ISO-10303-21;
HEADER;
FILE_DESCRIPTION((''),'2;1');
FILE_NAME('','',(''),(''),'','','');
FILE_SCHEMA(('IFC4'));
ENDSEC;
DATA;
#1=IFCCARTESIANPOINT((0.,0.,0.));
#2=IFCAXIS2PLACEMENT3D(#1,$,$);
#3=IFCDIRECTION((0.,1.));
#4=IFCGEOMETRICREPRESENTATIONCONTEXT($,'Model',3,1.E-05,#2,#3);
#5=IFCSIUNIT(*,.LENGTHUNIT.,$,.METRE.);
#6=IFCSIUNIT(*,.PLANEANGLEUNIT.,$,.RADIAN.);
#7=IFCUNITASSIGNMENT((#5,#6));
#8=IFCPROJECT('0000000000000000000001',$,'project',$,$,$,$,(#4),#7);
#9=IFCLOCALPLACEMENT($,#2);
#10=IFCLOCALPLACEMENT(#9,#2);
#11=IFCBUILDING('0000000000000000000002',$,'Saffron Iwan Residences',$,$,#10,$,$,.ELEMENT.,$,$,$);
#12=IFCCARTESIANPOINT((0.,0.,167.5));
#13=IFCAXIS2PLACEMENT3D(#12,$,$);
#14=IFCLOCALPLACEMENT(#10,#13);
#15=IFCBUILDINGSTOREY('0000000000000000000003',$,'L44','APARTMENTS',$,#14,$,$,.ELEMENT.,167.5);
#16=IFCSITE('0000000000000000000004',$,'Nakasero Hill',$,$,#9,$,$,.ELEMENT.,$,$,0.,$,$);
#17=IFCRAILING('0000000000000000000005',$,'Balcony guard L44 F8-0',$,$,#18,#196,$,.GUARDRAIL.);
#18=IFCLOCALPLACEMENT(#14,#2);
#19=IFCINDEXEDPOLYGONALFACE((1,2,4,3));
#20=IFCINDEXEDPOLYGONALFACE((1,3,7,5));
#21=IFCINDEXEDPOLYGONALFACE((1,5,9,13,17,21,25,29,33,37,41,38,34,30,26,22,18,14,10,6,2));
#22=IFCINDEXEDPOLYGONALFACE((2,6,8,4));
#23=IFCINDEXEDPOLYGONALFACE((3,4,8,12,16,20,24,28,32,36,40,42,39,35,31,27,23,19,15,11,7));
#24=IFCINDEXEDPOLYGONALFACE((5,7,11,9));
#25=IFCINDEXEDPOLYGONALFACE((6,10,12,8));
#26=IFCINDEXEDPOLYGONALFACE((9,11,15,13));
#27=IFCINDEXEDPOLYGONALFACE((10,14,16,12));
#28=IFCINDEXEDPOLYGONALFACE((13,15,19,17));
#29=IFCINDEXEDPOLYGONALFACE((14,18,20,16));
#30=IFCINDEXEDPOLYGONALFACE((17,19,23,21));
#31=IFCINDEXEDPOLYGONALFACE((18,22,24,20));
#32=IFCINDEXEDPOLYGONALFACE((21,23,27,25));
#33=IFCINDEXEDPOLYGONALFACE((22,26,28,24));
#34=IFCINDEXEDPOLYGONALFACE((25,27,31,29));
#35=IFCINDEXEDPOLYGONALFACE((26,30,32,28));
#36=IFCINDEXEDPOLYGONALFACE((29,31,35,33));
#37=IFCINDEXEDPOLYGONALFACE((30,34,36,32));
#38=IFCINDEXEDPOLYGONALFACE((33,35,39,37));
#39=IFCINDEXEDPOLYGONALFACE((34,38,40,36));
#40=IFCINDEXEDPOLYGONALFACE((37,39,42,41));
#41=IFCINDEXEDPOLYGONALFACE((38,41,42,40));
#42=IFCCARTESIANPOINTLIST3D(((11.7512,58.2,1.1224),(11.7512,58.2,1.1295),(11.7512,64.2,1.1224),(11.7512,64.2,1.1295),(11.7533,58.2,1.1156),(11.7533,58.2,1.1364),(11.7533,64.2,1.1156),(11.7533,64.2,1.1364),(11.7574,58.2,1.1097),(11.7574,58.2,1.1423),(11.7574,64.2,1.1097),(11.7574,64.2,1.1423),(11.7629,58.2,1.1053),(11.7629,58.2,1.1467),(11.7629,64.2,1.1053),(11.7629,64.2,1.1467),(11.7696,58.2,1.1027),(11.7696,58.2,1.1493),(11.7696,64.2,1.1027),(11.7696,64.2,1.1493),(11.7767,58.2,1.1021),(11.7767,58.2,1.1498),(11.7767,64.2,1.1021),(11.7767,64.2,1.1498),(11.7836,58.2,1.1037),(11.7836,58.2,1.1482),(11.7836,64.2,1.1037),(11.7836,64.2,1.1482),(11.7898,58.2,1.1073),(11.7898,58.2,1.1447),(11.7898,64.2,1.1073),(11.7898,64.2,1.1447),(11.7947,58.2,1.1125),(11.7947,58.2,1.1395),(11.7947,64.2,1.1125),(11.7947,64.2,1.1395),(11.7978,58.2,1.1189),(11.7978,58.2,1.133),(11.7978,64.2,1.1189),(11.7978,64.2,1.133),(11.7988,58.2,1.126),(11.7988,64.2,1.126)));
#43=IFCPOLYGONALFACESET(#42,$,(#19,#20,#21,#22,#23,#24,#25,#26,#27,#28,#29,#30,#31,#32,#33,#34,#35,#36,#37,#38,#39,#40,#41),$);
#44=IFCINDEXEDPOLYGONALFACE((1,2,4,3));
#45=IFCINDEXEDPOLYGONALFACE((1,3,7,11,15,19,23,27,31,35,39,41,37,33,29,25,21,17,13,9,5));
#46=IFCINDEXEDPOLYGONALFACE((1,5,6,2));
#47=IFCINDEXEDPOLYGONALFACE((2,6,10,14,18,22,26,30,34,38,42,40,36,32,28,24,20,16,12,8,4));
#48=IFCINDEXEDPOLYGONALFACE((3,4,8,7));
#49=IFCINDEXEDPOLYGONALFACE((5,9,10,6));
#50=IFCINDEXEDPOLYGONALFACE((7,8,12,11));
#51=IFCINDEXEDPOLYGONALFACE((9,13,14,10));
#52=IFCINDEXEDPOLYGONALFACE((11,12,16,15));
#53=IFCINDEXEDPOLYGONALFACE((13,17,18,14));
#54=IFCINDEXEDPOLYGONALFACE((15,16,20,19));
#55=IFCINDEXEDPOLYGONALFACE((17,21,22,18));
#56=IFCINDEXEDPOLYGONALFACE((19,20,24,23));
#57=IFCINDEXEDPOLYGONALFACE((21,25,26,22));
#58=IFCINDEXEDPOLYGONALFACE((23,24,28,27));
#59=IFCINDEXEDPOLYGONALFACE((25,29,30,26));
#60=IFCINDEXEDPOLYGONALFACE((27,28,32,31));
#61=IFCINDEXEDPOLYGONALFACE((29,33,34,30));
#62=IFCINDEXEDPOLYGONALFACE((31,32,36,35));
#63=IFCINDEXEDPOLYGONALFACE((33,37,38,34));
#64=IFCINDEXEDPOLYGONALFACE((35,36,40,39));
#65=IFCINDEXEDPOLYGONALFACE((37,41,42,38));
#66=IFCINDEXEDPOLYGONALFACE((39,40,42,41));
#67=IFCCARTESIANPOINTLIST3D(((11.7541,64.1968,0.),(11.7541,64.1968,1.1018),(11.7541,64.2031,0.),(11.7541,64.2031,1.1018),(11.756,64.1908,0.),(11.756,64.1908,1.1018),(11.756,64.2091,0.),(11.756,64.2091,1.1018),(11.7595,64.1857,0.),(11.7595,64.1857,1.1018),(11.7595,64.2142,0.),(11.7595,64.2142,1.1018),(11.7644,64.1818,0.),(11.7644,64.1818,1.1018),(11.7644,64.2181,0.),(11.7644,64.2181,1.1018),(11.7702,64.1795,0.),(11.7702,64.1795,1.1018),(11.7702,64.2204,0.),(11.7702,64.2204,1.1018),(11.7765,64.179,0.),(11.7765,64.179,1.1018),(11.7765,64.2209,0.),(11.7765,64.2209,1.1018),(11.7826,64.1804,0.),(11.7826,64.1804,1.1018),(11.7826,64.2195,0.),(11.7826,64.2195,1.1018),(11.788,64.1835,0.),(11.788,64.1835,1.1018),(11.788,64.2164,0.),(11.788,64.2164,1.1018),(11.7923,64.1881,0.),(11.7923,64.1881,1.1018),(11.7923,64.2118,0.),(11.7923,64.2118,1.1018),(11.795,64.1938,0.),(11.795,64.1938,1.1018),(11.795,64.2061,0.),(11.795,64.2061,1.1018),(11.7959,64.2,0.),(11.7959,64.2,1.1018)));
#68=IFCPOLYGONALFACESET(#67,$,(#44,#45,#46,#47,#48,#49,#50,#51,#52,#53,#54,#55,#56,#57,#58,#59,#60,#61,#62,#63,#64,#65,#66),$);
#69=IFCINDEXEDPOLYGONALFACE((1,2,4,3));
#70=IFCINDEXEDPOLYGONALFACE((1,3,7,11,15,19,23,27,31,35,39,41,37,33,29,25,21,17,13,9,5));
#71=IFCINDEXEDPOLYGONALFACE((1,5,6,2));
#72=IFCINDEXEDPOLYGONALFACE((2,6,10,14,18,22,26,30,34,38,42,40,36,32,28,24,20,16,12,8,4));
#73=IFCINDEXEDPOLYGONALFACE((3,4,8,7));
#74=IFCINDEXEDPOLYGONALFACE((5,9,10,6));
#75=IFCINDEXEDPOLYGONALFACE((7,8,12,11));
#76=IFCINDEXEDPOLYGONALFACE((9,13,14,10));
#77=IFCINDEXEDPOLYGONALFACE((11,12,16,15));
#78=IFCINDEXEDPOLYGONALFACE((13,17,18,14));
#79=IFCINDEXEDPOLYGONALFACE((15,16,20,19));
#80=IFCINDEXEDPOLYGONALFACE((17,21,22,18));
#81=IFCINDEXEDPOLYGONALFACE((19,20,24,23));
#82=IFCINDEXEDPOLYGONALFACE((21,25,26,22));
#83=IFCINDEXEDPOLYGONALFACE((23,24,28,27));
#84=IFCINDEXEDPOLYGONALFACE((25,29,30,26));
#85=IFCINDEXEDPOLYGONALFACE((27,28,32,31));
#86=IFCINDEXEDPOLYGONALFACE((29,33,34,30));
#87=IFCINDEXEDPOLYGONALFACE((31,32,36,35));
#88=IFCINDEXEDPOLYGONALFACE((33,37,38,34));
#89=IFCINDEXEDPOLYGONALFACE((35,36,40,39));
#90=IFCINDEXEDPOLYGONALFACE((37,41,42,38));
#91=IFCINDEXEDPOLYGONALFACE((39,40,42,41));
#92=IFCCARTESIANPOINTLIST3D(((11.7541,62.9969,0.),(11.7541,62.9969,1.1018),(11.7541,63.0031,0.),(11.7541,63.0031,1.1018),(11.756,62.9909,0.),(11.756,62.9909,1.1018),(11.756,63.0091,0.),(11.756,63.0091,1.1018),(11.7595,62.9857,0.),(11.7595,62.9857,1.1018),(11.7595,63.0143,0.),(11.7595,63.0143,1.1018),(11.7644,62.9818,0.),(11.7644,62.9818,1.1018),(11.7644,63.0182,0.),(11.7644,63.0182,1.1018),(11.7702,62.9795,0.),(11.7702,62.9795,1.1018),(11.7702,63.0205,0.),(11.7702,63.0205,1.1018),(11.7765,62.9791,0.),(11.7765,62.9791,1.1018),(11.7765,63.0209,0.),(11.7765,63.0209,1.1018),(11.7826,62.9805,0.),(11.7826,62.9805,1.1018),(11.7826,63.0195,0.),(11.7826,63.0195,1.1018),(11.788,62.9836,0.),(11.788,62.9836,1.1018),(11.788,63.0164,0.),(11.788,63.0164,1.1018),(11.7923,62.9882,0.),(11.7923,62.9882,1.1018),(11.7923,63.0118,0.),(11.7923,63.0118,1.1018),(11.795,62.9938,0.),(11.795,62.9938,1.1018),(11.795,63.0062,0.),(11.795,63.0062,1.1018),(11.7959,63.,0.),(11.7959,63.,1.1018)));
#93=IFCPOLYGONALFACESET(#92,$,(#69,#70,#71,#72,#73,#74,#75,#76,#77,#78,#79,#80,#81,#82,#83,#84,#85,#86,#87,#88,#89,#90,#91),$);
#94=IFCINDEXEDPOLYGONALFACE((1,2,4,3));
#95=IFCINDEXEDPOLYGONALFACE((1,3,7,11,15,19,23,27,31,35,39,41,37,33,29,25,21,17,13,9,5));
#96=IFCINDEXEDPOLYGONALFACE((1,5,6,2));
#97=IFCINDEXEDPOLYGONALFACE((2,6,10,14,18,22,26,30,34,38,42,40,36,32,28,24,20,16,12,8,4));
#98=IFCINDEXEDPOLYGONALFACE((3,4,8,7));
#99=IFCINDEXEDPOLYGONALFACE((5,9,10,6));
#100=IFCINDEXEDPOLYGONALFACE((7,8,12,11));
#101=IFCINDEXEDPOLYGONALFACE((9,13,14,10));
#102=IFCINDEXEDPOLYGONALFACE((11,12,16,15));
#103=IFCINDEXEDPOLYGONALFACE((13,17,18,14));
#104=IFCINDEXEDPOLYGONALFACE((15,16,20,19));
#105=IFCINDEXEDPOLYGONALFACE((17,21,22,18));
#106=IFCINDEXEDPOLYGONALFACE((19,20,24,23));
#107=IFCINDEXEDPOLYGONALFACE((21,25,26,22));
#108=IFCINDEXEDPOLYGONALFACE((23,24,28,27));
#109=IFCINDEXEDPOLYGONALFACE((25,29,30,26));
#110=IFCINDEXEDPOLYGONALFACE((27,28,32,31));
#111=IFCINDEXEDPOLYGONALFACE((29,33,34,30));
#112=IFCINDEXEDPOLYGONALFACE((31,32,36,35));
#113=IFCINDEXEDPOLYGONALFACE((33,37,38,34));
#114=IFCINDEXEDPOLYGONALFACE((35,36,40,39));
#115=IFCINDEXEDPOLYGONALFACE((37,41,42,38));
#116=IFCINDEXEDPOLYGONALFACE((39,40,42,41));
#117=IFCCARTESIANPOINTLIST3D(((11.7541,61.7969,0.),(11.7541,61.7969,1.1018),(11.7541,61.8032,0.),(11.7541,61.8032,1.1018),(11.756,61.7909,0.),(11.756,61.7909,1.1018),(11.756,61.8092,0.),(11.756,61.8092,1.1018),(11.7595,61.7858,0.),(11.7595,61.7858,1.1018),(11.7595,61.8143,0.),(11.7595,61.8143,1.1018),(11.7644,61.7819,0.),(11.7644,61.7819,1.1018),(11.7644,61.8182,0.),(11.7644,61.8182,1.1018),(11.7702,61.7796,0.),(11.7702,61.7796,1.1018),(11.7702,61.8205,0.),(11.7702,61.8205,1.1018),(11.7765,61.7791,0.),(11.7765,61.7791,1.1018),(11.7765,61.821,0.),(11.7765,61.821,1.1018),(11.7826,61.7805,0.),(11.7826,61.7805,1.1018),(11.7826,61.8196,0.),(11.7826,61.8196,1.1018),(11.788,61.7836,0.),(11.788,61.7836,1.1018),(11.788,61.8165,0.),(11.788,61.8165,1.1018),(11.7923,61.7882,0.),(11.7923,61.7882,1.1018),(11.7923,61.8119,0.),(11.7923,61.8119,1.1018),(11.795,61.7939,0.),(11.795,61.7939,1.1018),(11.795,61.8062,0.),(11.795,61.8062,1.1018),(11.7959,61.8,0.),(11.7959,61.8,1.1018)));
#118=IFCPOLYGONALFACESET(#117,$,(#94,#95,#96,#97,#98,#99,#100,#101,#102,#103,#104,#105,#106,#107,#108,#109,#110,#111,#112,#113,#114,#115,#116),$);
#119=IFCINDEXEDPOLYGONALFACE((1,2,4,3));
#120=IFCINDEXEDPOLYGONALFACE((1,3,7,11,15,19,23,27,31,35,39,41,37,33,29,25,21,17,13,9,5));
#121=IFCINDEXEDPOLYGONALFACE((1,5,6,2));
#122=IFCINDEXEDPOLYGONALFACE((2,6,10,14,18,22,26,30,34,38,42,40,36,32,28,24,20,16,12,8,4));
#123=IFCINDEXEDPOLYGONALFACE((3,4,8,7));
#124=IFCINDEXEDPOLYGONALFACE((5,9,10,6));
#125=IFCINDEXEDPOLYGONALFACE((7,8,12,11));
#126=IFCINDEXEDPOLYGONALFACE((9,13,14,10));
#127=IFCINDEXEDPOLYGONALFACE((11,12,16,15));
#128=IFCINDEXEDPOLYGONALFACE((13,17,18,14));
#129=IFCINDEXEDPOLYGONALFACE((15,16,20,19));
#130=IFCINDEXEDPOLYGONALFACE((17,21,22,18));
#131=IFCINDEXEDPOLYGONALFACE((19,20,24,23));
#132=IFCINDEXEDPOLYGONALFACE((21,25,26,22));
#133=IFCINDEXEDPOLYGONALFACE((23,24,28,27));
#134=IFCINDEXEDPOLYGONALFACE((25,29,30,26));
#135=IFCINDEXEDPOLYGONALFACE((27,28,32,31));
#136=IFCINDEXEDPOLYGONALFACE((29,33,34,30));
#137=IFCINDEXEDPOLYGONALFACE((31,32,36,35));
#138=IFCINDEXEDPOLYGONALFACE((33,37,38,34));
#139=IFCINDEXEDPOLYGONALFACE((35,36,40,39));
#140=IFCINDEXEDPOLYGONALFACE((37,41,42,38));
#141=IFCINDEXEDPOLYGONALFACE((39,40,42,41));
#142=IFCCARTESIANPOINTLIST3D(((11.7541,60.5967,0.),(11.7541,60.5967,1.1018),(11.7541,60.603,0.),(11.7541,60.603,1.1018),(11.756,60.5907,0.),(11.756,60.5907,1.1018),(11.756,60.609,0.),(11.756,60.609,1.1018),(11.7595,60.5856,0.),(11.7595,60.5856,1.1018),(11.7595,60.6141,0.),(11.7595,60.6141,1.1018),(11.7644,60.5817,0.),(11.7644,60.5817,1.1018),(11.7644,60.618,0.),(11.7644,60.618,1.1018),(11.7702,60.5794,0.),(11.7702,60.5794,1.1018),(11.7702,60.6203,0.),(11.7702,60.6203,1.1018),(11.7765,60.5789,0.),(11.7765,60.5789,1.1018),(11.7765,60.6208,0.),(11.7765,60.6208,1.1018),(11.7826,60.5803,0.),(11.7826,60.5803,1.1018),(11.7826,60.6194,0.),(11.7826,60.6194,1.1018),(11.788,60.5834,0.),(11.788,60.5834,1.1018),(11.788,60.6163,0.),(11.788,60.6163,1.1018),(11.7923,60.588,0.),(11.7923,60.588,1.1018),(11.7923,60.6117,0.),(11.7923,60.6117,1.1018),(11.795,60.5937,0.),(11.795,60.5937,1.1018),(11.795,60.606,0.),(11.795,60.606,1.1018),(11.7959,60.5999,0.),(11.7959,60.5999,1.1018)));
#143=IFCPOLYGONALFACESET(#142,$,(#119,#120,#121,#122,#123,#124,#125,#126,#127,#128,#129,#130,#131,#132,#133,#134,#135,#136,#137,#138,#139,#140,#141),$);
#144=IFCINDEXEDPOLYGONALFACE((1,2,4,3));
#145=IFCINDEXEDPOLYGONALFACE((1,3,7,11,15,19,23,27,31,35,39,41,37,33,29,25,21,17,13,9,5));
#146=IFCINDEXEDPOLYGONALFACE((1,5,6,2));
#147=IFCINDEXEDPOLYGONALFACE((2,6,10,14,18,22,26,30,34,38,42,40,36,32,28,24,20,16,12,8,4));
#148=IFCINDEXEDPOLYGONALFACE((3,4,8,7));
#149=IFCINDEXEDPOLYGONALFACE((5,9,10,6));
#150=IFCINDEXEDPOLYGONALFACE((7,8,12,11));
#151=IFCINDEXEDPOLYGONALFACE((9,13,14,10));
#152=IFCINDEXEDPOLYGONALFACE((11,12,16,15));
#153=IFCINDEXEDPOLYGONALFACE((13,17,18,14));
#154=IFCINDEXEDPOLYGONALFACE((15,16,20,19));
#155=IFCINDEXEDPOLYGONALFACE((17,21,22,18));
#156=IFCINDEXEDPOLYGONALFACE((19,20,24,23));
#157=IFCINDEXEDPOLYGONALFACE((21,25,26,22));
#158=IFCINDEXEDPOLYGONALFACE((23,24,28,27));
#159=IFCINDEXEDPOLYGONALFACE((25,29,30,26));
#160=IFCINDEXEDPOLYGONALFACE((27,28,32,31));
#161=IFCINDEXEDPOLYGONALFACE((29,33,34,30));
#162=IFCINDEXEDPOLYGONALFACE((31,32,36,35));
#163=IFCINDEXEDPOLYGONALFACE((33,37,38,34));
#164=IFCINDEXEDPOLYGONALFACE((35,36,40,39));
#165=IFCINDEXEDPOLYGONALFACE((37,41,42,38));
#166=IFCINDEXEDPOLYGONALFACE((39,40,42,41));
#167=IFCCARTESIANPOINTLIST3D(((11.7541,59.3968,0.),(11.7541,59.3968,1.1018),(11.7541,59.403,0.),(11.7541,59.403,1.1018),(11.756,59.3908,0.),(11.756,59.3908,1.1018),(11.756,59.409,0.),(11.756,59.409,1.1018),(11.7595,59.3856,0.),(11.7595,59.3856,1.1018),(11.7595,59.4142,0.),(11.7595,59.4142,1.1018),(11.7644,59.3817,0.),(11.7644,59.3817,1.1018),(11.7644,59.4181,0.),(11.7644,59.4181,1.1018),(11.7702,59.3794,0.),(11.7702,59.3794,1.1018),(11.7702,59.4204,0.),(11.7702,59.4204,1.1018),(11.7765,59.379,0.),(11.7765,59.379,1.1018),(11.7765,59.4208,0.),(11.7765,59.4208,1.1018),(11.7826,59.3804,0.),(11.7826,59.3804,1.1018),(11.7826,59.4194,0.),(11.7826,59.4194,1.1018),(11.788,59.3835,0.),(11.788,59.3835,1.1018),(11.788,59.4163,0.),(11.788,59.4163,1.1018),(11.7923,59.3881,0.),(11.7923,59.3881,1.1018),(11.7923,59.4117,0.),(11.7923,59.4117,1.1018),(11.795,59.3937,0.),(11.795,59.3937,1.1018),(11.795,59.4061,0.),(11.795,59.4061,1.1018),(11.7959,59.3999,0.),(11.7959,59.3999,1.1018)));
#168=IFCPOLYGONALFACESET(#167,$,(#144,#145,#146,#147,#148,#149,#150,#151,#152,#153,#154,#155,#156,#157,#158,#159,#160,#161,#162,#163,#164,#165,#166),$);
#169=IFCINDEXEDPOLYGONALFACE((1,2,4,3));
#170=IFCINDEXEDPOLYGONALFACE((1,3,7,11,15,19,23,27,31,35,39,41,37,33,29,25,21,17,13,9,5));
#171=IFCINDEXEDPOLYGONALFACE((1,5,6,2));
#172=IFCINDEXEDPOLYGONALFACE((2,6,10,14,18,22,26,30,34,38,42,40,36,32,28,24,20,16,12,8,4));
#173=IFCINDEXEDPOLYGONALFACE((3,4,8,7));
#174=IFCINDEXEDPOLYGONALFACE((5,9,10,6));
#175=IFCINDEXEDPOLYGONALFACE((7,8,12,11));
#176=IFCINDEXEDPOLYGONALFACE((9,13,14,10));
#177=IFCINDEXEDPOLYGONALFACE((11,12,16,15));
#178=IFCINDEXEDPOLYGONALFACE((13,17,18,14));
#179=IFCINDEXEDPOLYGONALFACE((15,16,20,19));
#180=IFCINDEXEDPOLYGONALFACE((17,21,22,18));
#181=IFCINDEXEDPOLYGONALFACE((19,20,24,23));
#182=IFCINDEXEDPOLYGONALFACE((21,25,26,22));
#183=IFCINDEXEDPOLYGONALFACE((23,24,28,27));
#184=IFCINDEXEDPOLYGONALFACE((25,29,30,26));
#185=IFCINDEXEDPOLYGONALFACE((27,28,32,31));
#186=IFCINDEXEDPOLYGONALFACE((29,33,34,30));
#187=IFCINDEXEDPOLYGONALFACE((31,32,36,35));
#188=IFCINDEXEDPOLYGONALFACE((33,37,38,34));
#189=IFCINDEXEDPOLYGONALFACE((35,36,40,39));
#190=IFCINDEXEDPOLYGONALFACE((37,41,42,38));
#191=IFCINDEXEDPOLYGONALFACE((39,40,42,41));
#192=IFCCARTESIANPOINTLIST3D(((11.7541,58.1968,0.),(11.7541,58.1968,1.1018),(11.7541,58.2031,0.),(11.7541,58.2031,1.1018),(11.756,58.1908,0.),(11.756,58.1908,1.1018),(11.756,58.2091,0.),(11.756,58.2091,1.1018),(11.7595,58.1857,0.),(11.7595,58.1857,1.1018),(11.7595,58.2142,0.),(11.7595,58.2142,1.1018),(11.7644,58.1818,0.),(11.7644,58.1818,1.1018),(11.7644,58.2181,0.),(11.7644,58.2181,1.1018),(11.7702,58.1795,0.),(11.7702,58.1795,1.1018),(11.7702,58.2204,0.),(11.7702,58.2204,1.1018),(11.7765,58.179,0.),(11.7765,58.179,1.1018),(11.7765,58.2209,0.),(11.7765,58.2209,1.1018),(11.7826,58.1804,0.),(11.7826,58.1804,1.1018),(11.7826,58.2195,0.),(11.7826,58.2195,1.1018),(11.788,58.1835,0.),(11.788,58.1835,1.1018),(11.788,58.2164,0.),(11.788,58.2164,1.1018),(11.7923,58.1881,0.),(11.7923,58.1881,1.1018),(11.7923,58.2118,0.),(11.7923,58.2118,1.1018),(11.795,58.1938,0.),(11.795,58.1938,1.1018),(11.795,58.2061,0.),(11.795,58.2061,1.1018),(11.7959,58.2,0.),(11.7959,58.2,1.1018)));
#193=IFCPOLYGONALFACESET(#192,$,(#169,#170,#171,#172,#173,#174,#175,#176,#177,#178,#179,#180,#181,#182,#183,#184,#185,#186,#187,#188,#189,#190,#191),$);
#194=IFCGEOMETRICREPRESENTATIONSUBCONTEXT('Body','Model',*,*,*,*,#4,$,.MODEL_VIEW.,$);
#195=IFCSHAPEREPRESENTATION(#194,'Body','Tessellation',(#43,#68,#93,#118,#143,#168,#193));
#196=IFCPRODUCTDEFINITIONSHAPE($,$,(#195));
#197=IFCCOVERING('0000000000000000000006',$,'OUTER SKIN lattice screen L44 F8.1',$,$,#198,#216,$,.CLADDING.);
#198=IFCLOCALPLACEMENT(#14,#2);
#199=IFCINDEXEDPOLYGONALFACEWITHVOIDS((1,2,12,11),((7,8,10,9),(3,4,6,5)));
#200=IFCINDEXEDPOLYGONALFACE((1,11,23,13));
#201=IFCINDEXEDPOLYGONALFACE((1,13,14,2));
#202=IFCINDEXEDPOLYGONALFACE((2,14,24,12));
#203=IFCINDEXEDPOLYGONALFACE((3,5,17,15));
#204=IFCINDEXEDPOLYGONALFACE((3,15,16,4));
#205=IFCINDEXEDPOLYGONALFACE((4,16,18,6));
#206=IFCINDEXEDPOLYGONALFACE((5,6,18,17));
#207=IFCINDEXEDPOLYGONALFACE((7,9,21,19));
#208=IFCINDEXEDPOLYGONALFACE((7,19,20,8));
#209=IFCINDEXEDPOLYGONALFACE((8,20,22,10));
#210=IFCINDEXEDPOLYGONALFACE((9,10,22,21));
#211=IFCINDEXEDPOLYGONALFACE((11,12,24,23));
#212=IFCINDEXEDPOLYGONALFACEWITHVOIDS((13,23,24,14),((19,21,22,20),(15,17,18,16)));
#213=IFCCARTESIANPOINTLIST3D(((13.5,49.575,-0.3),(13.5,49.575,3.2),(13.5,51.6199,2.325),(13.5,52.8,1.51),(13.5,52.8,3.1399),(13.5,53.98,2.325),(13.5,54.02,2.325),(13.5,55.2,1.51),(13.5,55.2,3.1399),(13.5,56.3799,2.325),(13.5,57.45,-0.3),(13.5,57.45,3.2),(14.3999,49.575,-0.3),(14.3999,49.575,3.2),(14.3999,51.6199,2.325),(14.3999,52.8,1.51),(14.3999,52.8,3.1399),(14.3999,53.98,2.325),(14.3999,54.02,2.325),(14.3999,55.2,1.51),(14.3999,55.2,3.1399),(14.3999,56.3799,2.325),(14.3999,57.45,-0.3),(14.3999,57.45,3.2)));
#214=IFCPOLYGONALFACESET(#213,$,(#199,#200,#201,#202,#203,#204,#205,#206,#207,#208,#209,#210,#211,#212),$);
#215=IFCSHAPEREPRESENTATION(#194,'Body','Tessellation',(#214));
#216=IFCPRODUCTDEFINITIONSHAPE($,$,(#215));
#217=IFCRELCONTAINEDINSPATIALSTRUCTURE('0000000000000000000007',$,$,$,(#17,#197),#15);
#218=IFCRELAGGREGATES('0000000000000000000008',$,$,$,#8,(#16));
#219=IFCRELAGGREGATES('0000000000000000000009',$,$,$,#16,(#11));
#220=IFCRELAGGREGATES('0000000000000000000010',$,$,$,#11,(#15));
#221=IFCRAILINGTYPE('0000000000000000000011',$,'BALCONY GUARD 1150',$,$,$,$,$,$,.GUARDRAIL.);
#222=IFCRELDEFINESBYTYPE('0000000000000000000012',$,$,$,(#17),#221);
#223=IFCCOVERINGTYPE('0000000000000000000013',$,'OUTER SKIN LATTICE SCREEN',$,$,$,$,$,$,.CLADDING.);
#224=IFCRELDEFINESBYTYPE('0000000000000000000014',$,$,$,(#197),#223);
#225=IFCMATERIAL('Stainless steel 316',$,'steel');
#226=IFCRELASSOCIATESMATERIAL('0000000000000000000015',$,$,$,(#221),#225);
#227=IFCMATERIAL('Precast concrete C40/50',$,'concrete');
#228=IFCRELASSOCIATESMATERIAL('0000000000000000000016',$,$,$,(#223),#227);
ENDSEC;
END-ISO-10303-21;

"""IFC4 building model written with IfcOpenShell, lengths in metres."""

from ifc_helpers import new_model, si_unit, direction, frame, origin, origin_2d, place, context, subcontext, project, spatial, polyline, circle, outline, extrude, material, type_object, element, save


model = new_model("IFC4")

# Units and contexts
model_context = context("Model", 3, precision=1e-05, world=origin(), true_north=direction((0.0, 1.0)))
body_context = subcontext(model_context, "Body", "Model", "MODEL_VIEW")
ifc_project = project(units=[si_unit("LENGTHUNIT", "METRE"), si_unit("PLANEANGLEUNIT", "RADIAN")], contexts=[model_context])

# Site, building, storey
site_placement = place(None, origin())
site = spatial("IfcSite", under=ifc_project, at=site_placement, Name="Nakasero Hill", CompositionType="ELEMENT", RefElevation=0.0)
building_placement = place(site_placement, origin())
building = spatial("IfcBuilding", under=site, at=building_placement, Name="Saffron Iwan Residences", CompositionType="ELEMENT")
storey_placement = place(building_placement, frame((0.0, 0.0, 167.5)))
storey = spatial("IfcBuildingStorey", under=building, at=storey_placement, Name="L44", Description="APARTMENTS", CompositionType="ELEMENT", Elevation=167.5)

# Railing
ifc_material_1 = material(Name="Stainless steel 316", Category="steel")
railing_type = type_object("IfcRailingType", Name="BALCONY GUARD 1150", PredefinedType="GUARDRAIL", material=ifc_material_1)
railing_placement = place(storey_placement, frame((11.7749, 64.2, 0.0)))
element("IfcRailing", 1, at=railing_placement, inside=storey, type_object=railing_type, Name="Balcony guard L44 F8-0", PredefinedType="GUARDRAIL", context=body_context, shape_type="SweptSolid", body=[
    extrude(circle(Radius=0.0239, at=origin_2d()), frame((0.0, 0.0, 1.126), z_axis=(0.0, -1.0, 0.0), x_axis=(1.0, 0.0, 0.0)), (0.0, 0.0, 1.0), 6.0),
    extrude(circle(Radius=0.021, at=origin_2d()), origin(), (0.0, 0.0, 1.0), 1.1018),
    extrude(circle(Radius=0.021, at=origin_2d()), frame((0.0, -1.2, 0.0)), (0.0, 0.0, 1.0), 1.1018),
    extrude(circle(Radius=0.021, at=origin_2d()), frame((0.0, -2.3999, 0.0)), (0.0, 0.0, 1.0), 1.1018),
    extrude(circle(Radius=0.021, at=origin_2d()), frame((0.0, -3.6001, 0.0)), (0.0, 0.0, 1.0), 1.1018),
    extrude(circle(Radius=0.021, at=origin_2d()), frame((0.0, -4.8, 0.0)), (0.0, 0.0, 1.0), 1.1018),
    extrude(circle(Radius=0.021, at=origin_2d()), frame((0.0, -6.0, 0.0)), (0.0, 0.0, 1.0), 1.1018),
])

# Covering
ifc_material_2 = material(Name="Precast concrete C40/50", Category="concrete")
covering_type = type_object("IfcCoveringType", Name="OUTER SKIN LATTICE SCREEN", PredefinedType="CLADDING", material=ifc_material_2)
covering_1_placement = place(storey_placement, frame((14.3999, 57.45, -0.3), z_axis=(-1.0, 0.0, 0.0), x_axis=(0.0, -1.0, 0.0)))
element("IfcCovering", 2, at=covering_1_placement, inside=storey, type_object=covering_type, Name="OUTER SKIN lattice screen L44 F8.1", PredefinedType="CLADDING", context=body_context, shape_type="SweptSolid", body=[
    extrude(outline(polyline([(0.0, 0.0), (7.875, 0.0), (7.875, 3.5), (0.0, 3.5), (0.0, 0.0)]), holes=[polyline([(1.0701, 2.625), (2.25, 1.8101), (3.4299, 2.625), (2.25, 3.4399), (1.0701, 2.625)]), polyline([(3.47, 2.625), (4.6499, 1.8101), (5.8301, 2.625), (4.6499, 3.4399), (3.47, 2.625)])]), origin(), (0.0, 0.0, 1.0), 0.8999),
])

save(model, "model.ifc")
